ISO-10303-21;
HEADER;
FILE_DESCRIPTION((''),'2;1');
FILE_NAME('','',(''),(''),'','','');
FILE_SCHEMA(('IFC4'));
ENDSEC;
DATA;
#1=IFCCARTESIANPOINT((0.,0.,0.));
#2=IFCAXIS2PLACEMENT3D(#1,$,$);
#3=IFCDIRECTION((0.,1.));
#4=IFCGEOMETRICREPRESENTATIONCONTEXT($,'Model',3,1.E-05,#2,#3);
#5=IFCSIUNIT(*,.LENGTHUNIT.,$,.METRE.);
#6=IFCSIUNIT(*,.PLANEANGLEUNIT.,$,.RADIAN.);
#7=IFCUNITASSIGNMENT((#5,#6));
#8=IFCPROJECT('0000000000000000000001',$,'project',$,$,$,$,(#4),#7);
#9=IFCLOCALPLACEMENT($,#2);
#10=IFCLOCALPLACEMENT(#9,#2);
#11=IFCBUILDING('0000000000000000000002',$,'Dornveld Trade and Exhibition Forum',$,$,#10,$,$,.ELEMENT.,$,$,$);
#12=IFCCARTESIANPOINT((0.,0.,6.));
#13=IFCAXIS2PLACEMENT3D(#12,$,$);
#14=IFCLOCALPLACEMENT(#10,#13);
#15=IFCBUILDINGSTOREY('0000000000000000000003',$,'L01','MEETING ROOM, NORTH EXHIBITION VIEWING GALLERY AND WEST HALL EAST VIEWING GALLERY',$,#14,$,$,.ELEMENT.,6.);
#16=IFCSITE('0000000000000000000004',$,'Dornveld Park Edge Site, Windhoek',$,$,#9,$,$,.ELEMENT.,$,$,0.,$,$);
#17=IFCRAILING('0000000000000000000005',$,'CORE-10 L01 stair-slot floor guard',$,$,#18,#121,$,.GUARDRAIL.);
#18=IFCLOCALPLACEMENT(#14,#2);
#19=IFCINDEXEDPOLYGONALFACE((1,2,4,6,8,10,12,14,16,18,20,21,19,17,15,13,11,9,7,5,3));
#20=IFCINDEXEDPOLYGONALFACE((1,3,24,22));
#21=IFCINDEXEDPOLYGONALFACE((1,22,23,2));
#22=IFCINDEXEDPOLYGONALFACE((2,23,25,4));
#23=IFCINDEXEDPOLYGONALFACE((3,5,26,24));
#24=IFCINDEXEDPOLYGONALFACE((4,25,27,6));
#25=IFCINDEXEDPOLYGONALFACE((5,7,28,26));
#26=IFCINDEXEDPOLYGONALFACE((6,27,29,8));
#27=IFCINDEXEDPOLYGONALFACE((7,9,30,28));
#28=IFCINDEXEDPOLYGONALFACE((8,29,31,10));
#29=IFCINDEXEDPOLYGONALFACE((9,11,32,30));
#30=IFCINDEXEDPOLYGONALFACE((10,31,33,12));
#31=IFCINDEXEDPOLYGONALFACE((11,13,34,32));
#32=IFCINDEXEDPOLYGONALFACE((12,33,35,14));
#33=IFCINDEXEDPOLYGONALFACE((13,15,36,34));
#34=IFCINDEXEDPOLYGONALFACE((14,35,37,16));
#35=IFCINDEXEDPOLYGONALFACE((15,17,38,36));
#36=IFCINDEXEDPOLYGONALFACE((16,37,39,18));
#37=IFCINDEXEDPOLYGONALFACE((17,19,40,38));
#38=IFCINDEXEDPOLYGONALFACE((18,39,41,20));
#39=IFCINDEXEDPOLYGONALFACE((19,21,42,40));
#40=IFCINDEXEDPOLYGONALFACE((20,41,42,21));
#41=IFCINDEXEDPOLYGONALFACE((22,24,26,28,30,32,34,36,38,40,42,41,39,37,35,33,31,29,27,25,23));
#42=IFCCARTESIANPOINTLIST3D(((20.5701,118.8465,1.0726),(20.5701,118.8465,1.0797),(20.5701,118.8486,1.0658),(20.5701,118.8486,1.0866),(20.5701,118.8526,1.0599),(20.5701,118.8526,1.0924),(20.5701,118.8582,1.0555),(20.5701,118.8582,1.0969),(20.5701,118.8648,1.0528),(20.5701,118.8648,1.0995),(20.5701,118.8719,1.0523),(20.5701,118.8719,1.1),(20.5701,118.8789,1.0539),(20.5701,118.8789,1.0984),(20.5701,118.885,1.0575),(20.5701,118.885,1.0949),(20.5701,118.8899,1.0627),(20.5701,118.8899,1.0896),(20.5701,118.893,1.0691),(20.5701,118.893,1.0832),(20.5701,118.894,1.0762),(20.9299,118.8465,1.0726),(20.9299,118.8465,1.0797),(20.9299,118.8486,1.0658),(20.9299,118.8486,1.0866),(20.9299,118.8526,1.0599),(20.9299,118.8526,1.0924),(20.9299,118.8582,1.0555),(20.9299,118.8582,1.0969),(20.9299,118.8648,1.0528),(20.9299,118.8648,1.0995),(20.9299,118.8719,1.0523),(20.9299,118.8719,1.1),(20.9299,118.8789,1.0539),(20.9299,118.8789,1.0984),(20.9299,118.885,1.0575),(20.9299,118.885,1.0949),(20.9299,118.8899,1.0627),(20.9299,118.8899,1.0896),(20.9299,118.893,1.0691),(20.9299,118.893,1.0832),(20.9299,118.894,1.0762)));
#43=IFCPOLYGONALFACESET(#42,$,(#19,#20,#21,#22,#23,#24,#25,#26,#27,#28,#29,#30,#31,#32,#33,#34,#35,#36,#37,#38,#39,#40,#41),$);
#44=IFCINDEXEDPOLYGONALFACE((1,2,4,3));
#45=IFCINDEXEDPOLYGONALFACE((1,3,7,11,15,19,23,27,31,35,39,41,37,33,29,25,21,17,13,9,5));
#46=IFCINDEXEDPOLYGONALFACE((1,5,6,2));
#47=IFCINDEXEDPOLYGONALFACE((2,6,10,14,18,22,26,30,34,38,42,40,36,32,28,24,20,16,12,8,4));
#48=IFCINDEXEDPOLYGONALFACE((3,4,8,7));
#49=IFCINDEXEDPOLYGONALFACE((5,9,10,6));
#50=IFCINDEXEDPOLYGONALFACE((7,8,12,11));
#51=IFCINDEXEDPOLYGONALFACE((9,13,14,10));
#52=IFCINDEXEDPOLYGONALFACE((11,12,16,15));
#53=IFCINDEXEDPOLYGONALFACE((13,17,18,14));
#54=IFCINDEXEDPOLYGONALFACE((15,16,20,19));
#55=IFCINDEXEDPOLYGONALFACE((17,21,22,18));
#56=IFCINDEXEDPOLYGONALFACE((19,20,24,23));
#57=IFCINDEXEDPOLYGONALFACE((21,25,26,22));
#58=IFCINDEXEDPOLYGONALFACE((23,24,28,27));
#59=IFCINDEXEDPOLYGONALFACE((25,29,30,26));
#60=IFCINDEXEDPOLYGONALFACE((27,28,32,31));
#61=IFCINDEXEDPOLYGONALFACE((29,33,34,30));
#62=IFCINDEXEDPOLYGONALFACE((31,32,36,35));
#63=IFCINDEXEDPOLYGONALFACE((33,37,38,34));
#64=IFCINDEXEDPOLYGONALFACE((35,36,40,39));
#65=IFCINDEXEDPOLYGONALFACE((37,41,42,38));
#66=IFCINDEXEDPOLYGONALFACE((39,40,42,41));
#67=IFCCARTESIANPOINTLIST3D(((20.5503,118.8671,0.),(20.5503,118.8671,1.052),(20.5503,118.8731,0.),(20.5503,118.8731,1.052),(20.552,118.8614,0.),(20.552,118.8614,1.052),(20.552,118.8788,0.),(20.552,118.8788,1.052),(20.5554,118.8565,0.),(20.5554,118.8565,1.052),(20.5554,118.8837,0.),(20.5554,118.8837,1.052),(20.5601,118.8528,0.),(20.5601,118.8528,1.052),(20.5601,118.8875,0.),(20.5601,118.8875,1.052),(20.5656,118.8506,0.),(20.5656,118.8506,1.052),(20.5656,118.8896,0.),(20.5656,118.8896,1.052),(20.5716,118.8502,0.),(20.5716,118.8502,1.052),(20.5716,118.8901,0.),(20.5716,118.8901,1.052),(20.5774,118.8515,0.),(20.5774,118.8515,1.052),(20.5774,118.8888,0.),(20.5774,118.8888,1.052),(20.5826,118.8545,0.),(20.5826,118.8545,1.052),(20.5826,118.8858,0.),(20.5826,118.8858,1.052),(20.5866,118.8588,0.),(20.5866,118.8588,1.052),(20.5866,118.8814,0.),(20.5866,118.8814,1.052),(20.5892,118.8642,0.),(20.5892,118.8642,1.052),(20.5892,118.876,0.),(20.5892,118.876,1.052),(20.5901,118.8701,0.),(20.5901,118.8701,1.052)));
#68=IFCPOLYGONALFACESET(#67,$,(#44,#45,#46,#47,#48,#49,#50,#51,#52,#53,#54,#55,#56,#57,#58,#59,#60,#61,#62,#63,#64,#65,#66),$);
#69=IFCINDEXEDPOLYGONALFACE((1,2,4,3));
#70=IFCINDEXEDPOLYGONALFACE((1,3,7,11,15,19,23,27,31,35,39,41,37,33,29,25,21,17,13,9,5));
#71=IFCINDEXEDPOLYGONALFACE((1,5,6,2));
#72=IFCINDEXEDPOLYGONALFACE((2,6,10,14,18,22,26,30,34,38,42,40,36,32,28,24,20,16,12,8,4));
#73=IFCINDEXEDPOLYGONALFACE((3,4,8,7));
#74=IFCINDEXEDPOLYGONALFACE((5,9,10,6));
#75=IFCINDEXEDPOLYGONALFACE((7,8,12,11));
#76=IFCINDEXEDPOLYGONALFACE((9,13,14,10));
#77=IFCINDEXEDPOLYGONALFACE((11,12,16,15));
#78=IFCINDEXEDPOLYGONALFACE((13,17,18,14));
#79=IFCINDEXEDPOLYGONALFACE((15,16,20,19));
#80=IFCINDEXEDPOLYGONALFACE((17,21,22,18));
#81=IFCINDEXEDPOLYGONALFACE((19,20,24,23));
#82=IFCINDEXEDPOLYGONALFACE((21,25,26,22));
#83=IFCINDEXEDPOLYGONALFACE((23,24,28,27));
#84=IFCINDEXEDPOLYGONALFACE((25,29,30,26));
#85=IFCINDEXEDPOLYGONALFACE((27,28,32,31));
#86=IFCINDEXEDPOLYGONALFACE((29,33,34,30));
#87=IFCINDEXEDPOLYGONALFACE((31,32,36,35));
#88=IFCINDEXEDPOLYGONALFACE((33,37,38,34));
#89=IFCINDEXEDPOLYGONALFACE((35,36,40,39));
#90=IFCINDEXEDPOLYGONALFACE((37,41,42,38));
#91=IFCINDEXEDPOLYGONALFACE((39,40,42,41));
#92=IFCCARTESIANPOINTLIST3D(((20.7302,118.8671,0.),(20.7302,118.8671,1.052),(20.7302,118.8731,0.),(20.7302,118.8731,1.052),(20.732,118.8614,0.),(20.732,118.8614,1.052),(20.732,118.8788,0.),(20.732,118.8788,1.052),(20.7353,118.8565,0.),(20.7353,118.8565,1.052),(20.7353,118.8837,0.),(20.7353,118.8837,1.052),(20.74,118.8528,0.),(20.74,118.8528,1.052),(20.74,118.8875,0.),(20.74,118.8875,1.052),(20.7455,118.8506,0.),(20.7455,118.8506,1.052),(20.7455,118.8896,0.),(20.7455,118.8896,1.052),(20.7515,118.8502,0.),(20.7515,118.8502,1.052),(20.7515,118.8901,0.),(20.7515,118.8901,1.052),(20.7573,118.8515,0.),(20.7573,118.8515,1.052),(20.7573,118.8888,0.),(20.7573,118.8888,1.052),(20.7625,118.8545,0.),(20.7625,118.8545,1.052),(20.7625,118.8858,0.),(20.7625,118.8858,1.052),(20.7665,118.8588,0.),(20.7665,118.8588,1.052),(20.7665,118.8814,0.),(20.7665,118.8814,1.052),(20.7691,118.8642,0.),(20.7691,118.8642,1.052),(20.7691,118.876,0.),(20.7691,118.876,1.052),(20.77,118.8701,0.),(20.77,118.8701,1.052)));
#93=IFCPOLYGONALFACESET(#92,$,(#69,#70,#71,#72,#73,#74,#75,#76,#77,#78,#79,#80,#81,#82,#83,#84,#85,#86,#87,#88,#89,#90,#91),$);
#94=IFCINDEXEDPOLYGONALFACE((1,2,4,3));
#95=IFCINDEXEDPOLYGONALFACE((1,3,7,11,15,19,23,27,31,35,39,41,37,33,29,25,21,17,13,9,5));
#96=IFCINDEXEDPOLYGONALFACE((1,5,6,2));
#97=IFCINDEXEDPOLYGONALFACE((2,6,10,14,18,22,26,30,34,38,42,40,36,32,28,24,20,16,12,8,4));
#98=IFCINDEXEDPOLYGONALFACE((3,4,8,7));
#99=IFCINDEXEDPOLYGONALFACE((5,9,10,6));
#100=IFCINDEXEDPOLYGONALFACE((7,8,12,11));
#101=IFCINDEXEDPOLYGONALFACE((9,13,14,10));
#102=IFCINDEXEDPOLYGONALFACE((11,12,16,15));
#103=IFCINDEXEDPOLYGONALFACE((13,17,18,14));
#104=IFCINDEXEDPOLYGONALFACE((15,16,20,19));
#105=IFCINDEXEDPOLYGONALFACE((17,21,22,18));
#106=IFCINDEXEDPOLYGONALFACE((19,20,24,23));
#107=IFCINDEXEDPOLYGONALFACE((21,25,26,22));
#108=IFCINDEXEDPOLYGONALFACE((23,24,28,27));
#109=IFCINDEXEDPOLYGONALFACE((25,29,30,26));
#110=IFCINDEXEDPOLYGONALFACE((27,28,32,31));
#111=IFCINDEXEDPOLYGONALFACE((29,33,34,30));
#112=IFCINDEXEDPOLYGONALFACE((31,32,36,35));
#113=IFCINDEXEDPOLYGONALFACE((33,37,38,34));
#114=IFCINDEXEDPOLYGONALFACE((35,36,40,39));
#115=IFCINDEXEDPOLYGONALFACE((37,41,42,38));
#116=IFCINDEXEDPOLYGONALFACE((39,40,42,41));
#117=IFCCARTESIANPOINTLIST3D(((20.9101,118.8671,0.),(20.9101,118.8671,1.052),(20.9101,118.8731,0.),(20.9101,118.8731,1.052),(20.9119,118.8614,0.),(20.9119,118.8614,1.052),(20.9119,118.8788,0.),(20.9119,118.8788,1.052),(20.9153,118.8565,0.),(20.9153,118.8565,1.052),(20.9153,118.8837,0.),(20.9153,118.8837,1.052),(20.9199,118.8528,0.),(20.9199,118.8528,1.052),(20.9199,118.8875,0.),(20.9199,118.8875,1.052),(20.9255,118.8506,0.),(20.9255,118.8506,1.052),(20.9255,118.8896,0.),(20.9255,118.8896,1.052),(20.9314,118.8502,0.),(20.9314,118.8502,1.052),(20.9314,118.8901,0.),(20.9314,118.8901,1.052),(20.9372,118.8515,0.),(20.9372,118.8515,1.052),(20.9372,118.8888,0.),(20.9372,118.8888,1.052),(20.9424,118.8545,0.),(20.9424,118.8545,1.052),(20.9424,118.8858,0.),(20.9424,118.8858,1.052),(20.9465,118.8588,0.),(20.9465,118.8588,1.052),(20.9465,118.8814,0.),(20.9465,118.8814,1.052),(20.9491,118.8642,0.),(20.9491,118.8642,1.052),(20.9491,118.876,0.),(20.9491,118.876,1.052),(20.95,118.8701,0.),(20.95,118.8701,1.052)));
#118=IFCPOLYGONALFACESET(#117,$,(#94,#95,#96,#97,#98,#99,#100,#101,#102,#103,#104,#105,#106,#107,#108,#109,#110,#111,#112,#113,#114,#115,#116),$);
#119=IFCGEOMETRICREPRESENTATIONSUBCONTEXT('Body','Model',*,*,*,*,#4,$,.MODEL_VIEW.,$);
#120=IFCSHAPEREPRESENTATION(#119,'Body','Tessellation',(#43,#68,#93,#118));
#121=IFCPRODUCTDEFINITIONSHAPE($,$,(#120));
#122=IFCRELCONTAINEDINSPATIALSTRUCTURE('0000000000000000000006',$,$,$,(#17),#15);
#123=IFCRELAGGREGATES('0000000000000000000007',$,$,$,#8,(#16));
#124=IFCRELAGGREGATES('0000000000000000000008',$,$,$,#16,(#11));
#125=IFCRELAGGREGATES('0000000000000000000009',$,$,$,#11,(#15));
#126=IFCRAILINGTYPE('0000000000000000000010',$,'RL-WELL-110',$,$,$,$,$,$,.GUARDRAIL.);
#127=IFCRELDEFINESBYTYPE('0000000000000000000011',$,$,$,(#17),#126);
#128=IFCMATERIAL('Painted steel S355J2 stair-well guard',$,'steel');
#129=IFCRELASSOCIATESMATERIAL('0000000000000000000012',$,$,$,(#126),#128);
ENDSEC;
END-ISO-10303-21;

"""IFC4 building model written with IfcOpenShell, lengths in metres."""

from ifc_helpers import new_model, si_unit, direction, frame, origin, origin_2d, place, context, subcontext, project, spatial, circle, extrude, material, type_object, element, save


model = new_model("IFC4")

# Units and contexts
model_context = context("Model", 3, precision=1e-05, world=origin(), true_north=direction((0.0, 1.0)))
body_context = subcontext(model_context, "Body", "Model", "MODEL_VIEW")
ifc_project = project(units=[si_unit("LENGTHUNIT", "METRE"), si_unit("PLANEANGLEUNIT", "RADIAN")], contexts=[model_context])

# Site, building, storey
site_placement = place(None, origin())
site = spatial("IfcSite", under=ifc_project, at=site_placement, Name="Dornveld Park Edge Site, Windhoek", CompositionType="ELEMENT", RefElevation=0.0)
building_placement = place(site_placement, origin())
building = spatial("IfcBuilding", under=site, at=building_placement, Name="Dornveld Trade and Exhibition Forum", CompositionType="ELEMENT")
storey_placement = place(building_placement, frame((0.0, 0.0, 6.0)))
storey = spatial("IfcBuildingStorey", under=building, at=storey_placement, Name="L01", Description="MEETING ROOM, NORTH EXHIBITION VIEWING GALLERY AND WEST HALL EAST VIEWING GALLERY", CompositionType="ELEMENT", Elevation=6.0)

# Railing
ifc_material_1 = material(Name="Painted steel S355J2 stair-well guard", Category="steel")
railing_type_1 = type_object("IfcRailingType", Name="RL-WELL-110", PredefinedType="GUARDRAIL", material=ifc_material_1)
railing_1_placement = place(storey_placement, frame((20.5701, 118.8701, 0.0)))
element("IfcRailing", 1, at=railing_1_placement, inside=storey, type_object=railing_type_1, Name="CORE-10 L01 stair-slot floor guard", PredefinedType="GUARDRAIL", context=body_context, shape_type="SweptSolid", body=[
    extrude(circle(Radius=0.0239, at=origin_2d()), frame((0.0, 0.0, 1.0762), z_axis=(1.0, 0.0, 0.0), x_axis=(0.0, 1.0, 0.0)), (0.0, 0.0, 1.0), 0.3599),
    extrude(circle(Radius=0.02, at=origin_2d()), origin(), (0.0, 0.0, 1.0), 1.052),
    extrude(circle(Radius=0.02, at=origin_2d()), frame((0.1799, 0.0, 0.0)), (0.0, 0.0, 1.0), 1.052),
    extrude(circle(Radius=0.02, at=origin_2d()), frame((0.3599, 0.0, 0.0)), (0.0, 0.0, 1.0), 1.052),
])

save(model, "model.ifc")
